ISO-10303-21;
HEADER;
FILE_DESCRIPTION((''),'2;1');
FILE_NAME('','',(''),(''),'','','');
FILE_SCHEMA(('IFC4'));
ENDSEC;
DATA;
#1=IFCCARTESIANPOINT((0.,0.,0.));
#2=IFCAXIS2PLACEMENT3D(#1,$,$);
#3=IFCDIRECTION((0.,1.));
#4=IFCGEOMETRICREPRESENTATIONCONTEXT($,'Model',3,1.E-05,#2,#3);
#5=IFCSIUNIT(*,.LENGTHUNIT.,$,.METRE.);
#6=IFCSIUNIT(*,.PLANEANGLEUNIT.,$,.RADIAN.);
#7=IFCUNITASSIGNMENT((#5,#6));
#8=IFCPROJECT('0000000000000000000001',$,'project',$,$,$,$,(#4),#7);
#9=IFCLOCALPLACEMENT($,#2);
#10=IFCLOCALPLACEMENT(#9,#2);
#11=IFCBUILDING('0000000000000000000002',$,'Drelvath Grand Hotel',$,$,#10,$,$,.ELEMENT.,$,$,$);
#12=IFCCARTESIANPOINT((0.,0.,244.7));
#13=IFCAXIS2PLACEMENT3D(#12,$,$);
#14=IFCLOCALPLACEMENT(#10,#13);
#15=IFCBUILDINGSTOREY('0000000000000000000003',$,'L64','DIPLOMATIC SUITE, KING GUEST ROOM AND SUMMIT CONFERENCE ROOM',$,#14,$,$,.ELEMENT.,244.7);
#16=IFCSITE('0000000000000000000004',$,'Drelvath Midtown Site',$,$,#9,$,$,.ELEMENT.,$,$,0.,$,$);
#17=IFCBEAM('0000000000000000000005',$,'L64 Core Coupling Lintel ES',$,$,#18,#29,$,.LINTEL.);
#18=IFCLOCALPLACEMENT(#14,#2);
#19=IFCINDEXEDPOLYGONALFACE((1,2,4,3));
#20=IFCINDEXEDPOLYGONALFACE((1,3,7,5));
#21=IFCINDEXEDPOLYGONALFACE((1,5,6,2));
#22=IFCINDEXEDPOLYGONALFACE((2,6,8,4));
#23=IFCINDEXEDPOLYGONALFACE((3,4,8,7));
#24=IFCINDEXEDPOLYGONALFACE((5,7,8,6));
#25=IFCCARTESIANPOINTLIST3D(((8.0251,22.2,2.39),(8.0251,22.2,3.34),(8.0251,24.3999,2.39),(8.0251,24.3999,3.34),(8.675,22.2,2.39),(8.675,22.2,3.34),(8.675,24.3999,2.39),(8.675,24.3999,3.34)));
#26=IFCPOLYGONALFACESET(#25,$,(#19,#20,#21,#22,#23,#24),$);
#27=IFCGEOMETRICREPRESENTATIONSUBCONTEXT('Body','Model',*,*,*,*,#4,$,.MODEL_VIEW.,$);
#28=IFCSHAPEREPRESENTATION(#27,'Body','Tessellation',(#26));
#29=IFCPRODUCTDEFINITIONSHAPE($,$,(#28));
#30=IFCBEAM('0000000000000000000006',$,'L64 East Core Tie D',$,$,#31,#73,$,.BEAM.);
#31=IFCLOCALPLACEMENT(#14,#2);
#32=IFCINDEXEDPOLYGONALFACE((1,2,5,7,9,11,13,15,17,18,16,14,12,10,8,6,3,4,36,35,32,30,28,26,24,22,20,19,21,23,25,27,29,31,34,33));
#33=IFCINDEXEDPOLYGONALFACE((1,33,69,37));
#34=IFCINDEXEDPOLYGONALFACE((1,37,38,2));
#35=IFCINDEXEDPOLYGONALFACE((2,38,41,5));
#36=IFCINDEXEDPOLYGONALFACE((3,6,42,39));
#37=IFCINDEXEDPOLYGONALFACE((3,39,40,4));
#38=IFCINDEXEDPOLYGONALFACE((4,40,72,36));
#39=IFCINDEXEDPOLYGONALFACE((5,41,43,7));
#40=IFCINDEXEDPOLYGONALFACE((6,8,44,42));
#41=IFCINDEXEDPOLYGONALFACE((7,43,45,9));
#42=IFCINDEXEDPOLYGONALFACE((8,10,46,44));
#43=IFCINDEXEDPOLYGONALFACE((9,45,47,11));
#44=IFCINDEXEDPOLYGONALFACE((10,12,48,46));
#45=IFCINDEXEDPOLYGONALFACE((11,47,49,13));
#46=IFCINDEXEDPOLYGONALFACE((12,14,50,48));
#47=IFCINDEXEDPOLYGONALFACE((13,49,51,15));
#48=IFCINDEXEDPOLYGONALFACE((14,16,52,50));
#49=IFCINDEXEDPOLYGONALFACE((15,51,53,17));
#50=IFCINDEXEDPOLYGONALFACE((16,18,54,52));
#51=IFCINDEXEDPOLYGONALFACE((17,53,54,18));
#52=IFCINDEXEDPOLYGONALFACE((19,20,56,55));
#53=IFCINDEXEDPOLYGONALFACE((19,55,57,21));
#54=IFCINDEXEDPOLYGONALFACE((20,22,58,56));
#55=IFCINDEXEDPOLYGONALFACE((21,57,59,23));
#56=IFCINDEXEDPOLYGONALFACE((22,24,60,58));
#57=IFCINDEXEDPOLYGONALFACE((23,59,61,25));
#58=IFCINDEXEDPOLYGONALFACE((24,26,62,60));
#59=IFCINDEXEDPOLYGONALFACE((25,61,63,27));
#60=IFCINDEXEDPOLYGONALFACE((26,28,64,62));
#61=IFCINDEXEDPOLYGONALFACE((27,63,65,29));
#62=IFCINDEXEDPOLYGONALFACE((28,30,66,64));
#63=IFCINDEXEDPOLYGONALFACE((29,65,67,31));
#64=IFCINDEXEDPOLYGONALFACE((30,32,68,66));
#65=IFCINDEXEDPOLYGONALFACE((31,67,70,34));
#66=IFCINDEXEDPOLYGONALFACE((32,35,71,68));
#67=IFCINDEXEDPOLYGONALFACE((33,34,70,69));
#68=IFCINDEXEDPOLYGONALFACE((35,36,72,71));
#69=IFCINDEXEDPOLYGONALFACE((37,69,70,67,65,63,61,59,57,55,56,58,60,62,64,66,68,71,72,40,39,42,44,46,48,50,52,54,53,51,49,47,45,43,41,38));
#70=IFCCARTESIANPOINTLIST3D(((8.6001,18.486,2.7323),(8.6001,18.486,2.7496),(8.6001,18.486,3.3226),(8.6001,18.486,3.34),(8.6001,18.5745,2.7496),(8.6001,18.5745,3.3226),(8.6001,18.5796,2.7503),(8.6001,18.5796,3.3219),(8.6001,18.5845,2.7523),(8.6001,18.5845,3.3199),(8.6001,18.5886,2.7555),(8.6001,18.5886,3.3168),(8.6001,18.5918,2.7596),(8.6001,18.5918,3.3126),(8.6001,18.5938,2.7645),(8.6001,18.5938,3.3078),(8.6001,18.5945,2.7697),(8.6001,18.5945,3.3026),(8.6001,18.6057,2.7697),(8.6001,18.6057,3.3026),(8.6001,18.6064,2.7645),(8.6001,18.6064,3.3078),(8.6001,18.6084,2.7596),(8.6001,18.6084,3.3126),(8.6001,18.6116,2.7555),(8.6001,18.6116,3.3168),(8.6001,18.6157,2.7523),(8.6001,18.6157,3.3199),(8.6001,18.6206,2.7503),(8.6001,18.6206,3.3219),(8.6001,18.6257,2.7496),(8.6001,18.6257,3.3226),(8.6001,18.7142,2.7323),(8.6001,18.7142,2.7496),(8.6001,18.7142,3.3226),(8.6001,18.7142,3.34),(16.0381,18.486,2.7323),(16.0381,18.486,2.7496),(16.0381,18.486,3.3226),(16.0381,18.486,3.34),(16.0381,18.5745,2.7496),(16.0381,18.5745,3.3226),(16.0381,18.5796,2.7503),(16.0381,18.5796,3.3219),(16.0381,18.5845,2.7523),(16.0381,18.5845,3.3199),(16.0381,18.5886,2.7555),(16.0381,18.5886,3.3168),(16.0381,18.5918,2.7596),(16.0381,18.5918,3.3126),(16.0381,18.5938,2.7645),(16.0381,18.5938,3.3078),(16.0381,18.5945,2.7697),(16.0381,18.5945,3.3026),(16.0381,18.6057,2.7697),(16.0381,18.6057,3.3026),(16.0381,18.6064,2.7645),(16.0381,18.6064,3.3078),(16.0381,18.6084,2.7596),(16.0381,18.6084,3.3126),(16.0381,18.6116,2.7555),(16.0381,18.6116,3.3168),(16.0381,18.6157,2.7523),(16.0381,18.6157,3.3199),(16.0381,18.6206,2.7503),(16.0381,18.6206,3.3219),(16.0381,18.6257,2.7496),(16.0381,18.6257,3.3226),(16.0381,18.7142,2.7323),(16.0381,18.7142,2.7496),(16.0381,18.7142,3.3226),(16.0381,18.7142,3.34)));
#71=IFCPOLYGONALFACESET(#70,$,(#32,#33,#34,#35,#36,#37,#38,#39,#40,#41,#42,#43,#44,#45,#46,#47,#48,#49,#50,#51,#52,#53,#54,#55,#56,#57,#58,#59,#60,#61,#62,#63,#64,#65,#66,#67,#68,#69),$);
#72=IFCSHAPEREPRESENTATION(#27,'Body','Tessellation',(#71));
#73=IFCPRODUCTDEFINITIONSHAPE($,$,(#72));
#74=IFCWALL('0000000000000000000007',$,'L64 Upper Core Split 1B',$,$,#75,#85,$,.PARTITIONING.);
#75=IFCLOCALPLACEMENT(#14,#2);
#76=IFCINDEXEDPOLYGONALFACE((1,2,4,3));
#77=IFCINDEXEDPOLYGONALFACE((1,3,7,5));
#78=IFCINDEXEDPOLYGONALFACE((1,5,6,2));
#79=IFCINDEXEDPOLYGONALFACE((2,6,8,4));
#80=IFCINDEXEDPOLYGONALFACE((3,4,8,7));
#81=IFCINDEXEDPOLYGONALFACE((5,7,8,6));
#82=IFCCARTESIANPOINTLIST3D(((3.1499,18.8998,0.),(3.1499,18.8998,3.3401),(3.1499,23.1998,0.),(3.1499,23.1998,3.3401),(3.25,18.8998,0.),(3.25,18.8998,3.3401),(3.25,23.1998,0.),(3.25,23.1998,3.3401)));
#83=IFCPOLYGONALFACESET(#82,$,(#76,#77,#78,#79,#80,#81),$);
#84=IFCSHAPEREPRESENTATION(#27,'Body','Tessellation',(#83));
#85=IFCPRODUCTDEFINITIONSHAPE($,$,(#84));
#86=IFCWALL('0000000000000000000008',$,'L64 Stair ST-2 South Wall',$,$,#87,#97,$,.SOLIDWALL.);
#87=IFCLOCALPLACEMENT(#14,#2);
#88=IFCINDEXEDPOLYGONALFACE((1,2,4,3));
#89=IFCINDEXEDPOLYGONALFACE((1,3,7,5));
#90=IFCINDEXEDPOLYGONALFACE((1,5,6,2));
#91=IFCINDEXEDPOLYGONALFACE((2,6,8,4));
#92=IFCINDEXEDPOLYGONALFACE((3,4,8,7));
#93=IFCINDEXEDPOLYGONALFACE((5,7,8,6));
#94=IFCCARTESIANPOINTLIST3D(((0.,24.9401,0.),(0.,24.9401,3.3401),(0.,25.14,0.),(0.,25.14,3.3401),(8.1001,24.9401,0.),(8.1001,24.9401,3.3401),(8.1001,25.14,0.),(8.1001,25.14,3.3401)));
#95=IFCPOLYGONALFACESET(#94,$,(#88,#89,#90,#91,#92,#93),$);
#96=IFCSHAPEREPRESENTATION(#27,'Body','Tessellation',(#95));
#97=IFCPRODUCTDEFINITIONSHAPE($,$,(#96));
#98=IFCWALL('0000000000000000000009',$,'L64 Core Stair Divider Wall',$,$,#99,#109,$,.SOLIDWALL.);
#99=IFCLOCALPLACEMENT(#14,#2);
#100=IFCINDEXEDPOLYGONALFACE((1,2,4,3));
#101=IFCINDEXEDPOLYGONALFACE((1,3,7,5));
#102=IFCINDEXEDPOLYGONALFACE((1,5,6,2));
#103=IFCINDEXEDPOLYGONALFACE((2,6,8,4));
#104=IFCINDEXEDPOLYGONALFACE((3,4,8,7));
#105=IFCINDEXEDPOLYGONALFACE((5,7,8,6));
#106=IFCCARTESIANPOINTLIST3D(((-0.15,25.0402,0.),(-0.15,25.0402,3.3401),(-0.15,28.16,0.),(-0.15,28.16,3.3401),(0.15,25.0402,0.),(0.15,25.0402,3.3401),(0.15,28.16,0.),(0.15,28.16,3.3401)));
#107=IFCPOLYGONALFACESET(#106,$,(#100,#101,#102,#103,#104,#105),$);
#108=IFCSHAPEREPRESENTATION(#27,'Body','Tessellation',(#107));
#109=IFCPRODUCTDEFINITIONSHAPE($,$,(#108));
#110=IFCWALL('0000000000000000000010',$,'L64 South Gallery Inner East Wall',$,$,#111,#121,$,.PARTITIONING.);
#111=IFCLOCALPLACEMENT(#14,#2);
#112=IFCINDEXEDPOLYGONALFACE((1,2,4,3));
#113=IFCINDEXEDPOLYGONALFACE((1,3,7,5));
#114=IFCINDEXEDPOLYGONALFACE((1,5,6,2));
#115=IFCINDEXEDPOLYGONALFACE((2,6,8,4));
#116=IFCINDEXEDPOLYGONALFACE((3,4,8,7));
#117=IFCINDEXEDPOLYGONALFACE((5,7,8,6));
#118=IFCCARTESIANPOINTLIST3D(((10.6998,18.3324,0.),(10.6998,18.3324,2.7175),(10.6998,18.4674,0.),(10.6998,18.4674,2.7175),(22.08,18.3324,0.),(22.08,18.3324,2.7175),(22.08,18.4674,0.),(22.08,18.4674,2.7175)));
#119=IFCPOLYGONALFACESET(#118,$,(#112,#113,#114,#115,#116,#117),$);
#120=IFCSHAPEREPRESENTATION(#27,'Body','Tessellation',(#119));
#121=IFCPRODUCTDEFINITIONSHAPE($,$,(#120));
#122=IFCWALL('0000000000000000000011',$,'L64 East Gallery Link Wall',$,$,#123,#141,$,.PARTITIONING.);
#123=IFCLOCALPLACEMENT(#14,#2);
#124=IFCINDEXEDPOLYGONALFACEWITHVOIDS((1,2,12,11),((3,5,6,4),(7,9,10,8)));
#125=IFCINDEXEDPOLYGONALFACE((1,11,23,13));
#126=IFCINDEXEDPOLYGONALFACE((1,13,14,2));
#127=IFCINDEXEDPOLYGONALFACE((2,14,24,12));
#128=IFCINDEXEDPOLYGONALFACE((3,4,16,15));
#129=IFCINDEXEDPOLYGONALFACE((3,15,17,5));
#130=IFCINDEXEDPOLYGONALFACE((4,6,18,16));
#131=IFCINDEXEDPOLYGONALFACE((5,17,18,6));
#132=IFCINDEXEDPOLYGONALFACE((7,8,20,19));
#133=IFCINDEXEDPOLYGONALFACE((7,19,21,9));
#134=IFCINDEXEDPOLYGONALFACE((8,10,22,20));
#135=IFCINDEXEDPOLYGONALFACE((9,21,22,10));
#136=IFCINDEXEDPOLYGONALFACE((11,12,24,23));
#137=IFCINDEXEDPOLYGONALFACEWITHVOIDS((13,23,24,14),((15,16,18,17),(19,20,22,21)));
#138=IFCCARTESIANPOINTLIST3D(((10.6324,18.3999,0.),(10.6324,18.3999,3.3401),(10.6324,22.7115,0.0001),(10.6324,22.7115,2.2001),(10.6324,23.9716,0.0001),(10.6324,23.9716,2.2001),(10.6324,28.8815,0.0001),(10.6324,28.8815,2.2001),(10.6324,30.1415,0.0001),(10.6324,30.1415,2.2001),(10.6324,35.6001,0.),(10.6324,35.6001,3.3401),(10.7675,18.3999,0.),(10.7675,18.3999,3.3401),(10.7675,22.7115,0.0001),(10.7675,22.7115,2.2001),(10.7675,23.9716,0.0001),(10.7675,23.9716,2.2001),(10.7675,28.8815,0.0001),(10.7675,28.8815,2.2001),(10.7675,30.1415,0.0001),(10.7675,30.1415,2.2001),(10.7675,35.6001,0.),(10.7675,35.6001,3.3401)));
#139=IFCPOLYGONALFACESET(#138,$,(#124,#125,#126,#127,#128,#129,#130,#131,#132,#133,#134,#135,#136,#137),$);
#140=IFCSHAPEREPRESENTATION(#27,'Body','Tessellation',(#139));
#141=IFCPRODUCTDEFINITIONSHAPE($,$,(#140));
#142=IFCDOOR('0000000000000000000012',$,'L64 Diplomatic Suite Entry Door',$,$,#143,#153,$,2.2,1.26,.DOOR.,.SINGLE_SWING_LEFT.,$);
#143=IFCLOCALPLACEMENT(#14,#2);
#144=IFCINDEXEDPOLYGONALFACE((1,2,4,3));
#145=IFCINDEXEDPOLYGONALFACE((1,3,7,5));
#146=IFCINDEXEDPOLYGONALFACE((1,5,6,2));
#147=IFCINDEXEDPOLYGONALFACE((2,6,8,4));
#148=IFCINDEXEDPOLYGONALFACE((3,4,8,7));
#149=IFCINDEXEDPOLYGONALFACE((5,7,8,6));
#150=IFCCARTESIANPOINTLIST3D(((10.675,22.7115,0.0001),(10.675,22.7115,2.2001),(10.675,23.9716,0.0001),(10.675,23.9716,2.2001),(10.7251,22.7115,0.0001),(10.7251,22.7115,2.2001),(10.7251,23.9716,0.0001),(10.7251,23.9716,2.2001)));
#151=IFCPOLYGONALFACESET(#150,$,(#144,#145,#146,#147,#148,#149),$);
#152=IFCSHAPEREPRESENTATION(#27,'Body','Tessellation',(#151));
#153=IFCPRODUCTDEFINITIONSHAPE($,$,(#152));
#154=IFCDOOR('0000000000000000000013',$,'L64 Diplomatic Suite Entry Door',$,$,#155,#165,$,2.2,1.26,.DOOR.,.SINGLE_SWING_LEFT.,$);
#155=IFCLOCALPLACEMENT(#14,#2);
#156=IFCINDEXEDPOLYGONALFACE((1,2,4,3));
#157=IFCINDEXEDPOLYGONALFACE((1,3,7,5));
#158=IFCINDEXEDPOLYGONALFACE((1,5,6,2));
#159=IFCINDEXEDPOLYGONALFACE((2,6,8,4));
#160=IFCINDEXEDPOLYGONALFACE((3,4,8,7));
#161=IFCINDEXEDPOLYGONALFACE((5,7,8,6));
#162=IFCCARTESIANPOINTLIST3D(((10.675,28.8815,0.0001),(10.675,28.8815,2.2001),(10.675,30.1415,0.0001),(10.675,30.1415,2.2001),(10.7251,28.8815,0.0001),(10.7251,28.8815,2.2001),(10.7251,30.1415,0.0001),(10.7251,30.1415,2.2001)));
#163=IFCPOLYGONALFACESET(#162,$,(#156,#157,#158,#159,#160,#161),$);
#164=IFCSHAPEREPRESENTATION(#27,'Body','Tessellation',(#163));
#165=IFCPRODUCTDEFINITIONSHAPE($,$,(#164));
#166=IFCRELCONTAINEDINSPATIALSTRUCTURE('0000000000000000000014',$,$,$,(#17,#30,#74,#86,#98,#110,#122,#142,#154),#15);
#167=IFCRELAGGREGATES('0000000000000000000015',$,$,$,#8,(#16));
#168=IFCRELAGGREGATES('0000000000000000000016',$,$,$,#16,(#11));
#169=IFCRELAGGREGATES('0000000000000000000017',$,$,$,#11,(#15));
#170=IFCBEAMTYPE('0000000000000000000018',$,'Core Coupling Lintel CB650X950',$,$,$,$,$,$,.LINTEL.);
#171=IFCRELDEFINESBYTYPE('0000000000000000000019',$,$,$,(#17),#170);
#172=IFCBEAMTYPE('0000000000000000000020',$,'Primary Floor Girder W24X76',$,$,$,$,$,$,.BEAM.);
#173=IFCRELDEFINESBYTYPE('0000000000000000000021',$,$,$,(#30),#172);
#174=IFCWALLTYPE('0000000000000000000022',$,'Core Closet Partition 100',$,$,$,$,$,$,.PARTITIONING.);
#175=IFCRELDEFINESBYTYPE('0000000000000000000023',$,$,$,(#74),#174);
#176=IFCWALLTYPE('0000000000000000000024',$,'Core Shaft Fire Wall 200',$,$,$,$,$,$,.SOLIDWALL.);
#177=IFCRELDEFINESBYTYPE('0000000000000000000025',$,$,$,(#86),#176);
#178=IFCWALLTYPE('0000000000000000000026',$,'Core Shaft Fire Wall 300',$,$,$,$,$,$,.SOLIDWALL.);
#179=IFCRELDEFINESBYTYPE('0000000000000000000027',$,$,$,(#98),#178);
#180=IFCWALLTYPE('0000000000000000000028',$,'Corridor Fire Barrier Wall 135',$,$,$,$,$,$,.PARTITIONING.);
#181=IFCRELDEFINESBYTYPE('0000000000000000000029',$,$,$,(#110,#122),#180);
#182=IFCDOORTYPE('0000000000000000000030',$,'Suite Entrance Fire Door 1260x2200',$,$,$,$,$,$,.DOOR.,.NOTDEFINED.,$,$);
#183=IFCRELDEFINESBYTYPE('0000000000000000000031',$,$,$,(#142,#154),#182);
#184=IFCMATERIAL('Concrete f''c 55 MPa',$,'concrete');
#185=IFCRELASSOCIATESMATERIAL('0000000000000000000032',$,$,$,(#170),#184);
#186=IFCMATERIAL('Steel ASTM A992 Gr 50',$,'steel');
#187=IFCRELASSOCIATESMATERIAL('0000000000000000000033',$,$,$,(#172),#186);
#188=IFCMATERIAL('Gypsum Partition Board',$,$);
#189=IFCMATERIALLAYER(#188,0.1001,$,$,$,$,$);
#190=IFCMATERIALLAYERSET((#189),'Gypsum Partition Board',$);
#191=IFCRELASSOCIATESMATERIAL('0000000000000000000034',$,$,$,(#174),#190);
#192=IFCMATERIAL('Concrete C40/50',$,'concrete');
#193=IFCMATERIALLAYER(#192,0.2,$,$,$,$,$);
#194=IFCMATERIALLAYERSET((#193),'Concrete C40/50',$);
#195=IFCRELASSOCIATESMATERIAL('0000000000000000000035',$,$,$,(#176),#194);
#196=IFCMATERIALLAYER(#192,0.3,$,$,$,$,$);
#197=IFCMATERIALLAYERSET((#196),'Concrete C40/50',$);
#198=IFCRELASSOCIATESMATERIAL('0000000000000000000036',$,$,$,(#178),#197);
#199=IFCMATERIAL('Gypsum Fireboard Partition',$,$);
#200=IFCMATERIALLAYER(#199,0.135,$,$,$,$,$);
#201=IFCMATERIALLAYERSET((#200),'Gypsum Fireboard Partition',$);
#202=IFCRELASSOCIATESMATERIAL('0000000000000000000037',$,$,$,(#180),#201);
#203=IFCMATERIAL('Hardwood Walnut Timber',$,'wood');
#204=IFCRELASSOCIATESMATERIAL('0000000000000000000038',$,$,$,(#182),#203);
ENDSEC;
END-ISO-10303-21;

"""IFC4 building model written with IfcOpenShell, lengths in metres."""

from ifc_helpers import new_model, si_unit, direction, frame, frame_2d, origin, origin_2d, place, context, subcontext, project, spatial, rectangle, i_section, extrude, material, layer, layer_set, material_profile, profile_set, type_object, element, fill, save


model = new_model("IFC4")

# Units and contexts
model_context = context("Model", 3, precision=1e-05, world=origin(), true_north=direction((0.0, 1.0)))
body_context = subcontext(model_context, "Body", "Model", "MODEL_VIEW")
ifc_project = project(units=[si_unit("LENGTHUNIT", "METRE"), si_unit("PLANEANGLEUNIT", "RADIAN")], contexts=[model_context])

# Site, building, storey
site_placement = place(None, origin())
site = spatial("IfcSite", under=ifc_project, at=site_placement, Name="Drelvath Midtown Site", CompositionType="ELEMENT", RefElevation=0.0)
building_placement = place(site_placement, origin())
building = spatial("IfcBuilding", under=site, at=building_placement, Name="Drelvath Grand Hotel", CompositionType="ELEMENT")
storey_placement = place(building_placement, frame((0.0, 0.0, 244.7)))
storey = spatial("IfcBuildingStorey", under=building, at=storey_placement, Name="L64", Description="DIPLOMATIC SUITE, KING GUEST ROOM AND SUMMIT CONFERENCE ROOM", CompositionType="ELEMENT", Elevation=244.7)

# Beams
ifc_material_1 = material(Name="Concrete f'c 55 MPa", Category="concrete")
ifc_material_profile_1 = material_profile(ifc_material_1, rectangle(XDim=0.6499, YDim=0.95, at=origin_2d()), Name="CB650X950")
ifc_profile_set_1 = profile_set([ifc_material_profile_1], Name="Concrete f'c 55 MPa")
beam_type_1 = type_object("IfcBeamType", Name="Core Coupling Lintel CB650X950", PredefinedType="LINTEL", material=ifc_profile_set_1)
beam_1_placement = place(storey_placement, frame((8.3501, 22.2, 2.865), z_axis=(0.0, 1.0, 0.0), x_axis=(-1.0, 0.0, 0.0)))
element("IfcBeam", 1, at=beam_1_placement, inside=storey, type_object=beam_type_1, Name="L64 Core Coupling Lintel ES", PredefinedType="LINTEL", context=body_context, shape_type="SweptSolid", body=[
    extrude(rectangle(XDim=0.6499, YDim=0.95, at=origin_2d()), origin(), (0.0, 0.0, 1.0), 2.2),
])
ifc_material_2 = material(Name="Steel ASTM A992 Gr 50", Category="steel")
ifc_material_profile_2 = material_profile(ifc_material_2, i_section(OverallWidth=0.2283, OverallDepth=0.6077, WebThickness=0.0112, FlangeThickness=0.0173, FilletRadius=0.02, at=origin_2d()), Name="W24X76")
ifc_profile_set_2 = profile_set([ifc_material_profile_2], Name="Steel ASTM A992 Gr 50")
beam_type_2 = type_object("IfcBeamType", Name="Primary Floor Girder W24X76", PredefinedType="BEAM", material=ifc_profile_set_2)
beam_2_placement = place(storey_placement, frame((8.6001, 18.6001, 3.0361), z_axis=(1.0, 0.0, 0.0), x_axis=(0.0, 1.0, 0.0)))
element("IfcBeam", 2, at=beam_2_placement, inside=storey, type_object=beam_type_2, Name="L64 East Core Tie D", PredefinedType="BEAM", context=body_context, shape_type="SweptSolid", body=[
    extrude(i_section(OverallWidth=0.2283, OverallDepth=0.6077, WebThickness=0.0112, FlangeThickness=0.0173, FilletRadius=0.02, at=origin_2d()), origin(), (0.0, 0.0, 1.0), 7.438),
])

# Walls
ifc_material_3 = material(Name="Gypsum Partition Board")
ifc_layer_1 = layer(ifc_material_3, 0.1001)
ifc_layer_set_1 = layer_set([ifc_layer_1], Name="Gypsum Partition Board")
wall_type_1 = type_object("IfcWallType", Name="Core Closet Partition 100", PredefinedType="PARTITIONING", material=ifc_layer_set_1)
wall_1_placement = place(storey_placement, frame((3.2, 18.8999, 0.0), z_axis=(0.0, 0.0, 1.0), x_axis=(0.0, 1.0, 0.0)))
element("IfcWall", 3, at=wall_1_placement, inside=storey, type_object=wall_type_1, Name="L64 Upper Core Split 1B", PredefinedType="PARTITIONING", context=body_context, shape_type="SweptSolid", body=[
    extrude(rectangle(XDim=4.3, YDim=0.1001, at=frame_2d((2.1499, 0.0))), origin(), (0.0, 0.0, 1.0), 3.3401),
])
ifc_material_4 = material(Name="Concrete C40/50", Category="concrete")
ifc_layer_2 = layer(ifc_material_4, 0.2)
ifc_layer_set_2 = layer_set([ifc_layer_2], Name="Concrete C40/50")
wall_type_2 = type_object("IfcWallType", Name="Core Shaft Fire Wall 200", PredefinedType="SOLIDWALL", material=ifc_layer_set_2)
wall_2_placement = place(storey_placement, frame((0.0, 25.04, 0.0), z_axis=(0.0, 0.0, 1.0), x_axis=(1.0, 0.0, 0.0)))
element("IfcWall", 4, at=wall_2_placement, inside=storey, type_object=wall_type_2, Name="L64 Stair ST-2 South Wall", PredefinedType="SOLIDWALL", context=body_context, shape_type="SweptSolid", body=[
    extrude(rectangle(XDim=8.1001, YDim=0.2, at=frame_2d((4.05, 0.0))), origin(), (0.0, 0.0, 1.0), 3.3401),
])
ifc_layer_3 = layer(ifc_material_4, 0.3)
ifc_layer_set_3 = layer_set([ifc_layer_3], Name="Concrete C40/50")
wall_type_3 = type_object("IfcWallType", Name="Core Shaft Fire Wall 300", PredefinedType="SOLIDWALL", material=ifc_layer_set_3)
wall_3_placement = place(storey_placement, frame((0.0, 25.04, 0.0), z_axis=(0.0, 0.0, 1.0), x_axis=(0.0, 1.0, 0.0)))
element("IfcWall", 5, at=wall_3_placement, inside=storey, type_object=wall_type_3, Name="L64 Core Stair Divider Wall", PredefinedType="SOLIDWALL", context=body_context, shape_type="SweptSolid", body=[
    extrude(rectangle(XDim=3.1199, YDim=0.3, at=frame_2d((1.5601, 0.0))), origin(), (0.0, 0.0, 1.0), 3.3401),
])
ifc_material_5 = material(Name="Gypsum Fireboard Partition")
ifc_layer_4 = layer(ifc_material_5, 0.135)
ifc_layer_set_4 = layer_set([ifc_layer_4], Name="Gypsum Fireboard Partition")
wall_type_4 = type_object("IfcWallType", Name="Corridor Fire Barrier Wall 135", PredefinedType="PARTITIONING", material=ifc_layer_set_4)
wall_4_placement = place(storey_placement, frame((10.7, 18.3999, 0.0), z_axis=(0.0, 0.0, 1.0), x_axis=(1.0, 0.0, 0.0)))
element("IfcWall", 6, at=wall_4_placement, inside=storey, type_object=wall_type_4, Name="L64 South Gallery Inner East Wall", PredefinedType="PARTITIONING", context=body_context, shape_type="SweptSolid", body=[
    extrude(rectangle(XDim=11.3801, YDim=0.135, at=frame_2d((5.6899, 0.0))), origin(), (0.0, 0.0, 1.0), 2.7175),
])

# Wall, openings, doors
wall_5_placement = place(storey_placement, frame((10.7, 18.3999, 0.0), z_axis=(0.0, 0.0, 1.0), x_axis=(0.0, 1.0, 0.0)))
wall_5 = element("IfcWall", 7, at=wall_5_placement, inside=storey, type_object=wall_type_4, Name="L64 East Gallery Link Wall", PredefinedType="PARTITIONING", context=body_context, shape_type="SweptSolid", body=[
    extrude(rectangle(XDim=17.2002, YDim=0.135, at=frame_2d((8.6001, 0.0))), origin(), (0.0, 0.0, 1.0), 3.3401),
])
opening_1_placement = place(wall_5_placement, frame((4.3118, 0.0, 0.0)))
opening_1 = element("IfcOpeningElement", 8, at=opening_1_placement, cuts=wall_5, PredefinedType="OPENING", context=body_context, shape_type="SweptSolid", body=[
    extrude(rectangle(XDim=1.26, YDim=2.2, at=frame_2d((0.6299, 1.1001))), frame((0.0, 0.0774, 0.0), z_axis=(0.0, -1.0, 0.0), x_axis=(1.0, 0.0, 0.0)), (0.0, 0.0, 1.0), 0.155),
])
opening_2_placement = place(wall_5_placement, frame((10.4817, 0.0, 0.0)))
opening_2 = element("IfcOpeningElement", 9, at=opening_2_placement, cuts=wall_5, PredefinedType="OPENING", context=body_context, shape_type="SweptSolid", body=[
    extrude(rectangle(XDim=1.26, YDim=2.2, at=frame_2d((0.6299, 1.1001))), frame((0.0, 0.0774, 0.0), z_axis=(0.0, -1.0, 0.0), x_axis=(1.0, 0.0, 0.0)), (0.0, 0.0, 1.0), 0.155),
])
ifc_material_6 = material(Name="Hardwood Walnut Timber", Category="wood")
door_type_1 = type_object("IfcDoorType", Name="Suite Entrance Fire Door 1260x2200", OperationType="NOTDEFINED", PredefinedType="DOOR", material=ifc_material_6)
door_1_placement = place(opening_1_placement, origin())
door_1 = element("IfcDoor", 10, at=door_1_placement, inside=storey, type_object=door_type_1, Name="L64 Diplomatic Suite Entry Door", OperationType="SINGLE_SWING_LEFT", OverallHeight=2.2, OverallWidth=1.26, PredefinedType="DOOR", context=body_context, shape_type="SweptSolid", body=[
    extrude(rectangle(XDim=1.26, YDim=2.2, at=frame_2d((0.6299, 1.1001))), frame((0.0, 0.0249, 0.0), z_axis=(0.0, -1.0, 0.0), x_axis=(1.0, 0.0, 0.0)), (0.0, 0.0, 1.0), 0.05),
])
fill(opening_1, door_1)
door_2_placement = place(opening_2_placement, origin())
door_2 = element("IfcDoor", 11, at=door_2_placement, inside=storey, type_object=door_type_1, Name="L64 Diplomatic Suite Entry Door", OperationType="SINGLE_SWING_LEFT", OverallHeight=2.2, OverallWidth=1.26, PredefinedType="DOOR", context=body_context, shape_type="SweptSolid", body=[
    extrude(rectangle(XDim=1.26, YDim=2.2, at=frame_2d((0.6299, 1.1001))), frame((0.0, 0.0249, 0.0), z_axis=(0.0, -1.0, 0.0), x_axis=(1.0, 0.0, 0.0)), (0.0, 0.0, 1.0), 0.05),
])
fill(opening_2, door_2)

save(model, "model.ifc")
